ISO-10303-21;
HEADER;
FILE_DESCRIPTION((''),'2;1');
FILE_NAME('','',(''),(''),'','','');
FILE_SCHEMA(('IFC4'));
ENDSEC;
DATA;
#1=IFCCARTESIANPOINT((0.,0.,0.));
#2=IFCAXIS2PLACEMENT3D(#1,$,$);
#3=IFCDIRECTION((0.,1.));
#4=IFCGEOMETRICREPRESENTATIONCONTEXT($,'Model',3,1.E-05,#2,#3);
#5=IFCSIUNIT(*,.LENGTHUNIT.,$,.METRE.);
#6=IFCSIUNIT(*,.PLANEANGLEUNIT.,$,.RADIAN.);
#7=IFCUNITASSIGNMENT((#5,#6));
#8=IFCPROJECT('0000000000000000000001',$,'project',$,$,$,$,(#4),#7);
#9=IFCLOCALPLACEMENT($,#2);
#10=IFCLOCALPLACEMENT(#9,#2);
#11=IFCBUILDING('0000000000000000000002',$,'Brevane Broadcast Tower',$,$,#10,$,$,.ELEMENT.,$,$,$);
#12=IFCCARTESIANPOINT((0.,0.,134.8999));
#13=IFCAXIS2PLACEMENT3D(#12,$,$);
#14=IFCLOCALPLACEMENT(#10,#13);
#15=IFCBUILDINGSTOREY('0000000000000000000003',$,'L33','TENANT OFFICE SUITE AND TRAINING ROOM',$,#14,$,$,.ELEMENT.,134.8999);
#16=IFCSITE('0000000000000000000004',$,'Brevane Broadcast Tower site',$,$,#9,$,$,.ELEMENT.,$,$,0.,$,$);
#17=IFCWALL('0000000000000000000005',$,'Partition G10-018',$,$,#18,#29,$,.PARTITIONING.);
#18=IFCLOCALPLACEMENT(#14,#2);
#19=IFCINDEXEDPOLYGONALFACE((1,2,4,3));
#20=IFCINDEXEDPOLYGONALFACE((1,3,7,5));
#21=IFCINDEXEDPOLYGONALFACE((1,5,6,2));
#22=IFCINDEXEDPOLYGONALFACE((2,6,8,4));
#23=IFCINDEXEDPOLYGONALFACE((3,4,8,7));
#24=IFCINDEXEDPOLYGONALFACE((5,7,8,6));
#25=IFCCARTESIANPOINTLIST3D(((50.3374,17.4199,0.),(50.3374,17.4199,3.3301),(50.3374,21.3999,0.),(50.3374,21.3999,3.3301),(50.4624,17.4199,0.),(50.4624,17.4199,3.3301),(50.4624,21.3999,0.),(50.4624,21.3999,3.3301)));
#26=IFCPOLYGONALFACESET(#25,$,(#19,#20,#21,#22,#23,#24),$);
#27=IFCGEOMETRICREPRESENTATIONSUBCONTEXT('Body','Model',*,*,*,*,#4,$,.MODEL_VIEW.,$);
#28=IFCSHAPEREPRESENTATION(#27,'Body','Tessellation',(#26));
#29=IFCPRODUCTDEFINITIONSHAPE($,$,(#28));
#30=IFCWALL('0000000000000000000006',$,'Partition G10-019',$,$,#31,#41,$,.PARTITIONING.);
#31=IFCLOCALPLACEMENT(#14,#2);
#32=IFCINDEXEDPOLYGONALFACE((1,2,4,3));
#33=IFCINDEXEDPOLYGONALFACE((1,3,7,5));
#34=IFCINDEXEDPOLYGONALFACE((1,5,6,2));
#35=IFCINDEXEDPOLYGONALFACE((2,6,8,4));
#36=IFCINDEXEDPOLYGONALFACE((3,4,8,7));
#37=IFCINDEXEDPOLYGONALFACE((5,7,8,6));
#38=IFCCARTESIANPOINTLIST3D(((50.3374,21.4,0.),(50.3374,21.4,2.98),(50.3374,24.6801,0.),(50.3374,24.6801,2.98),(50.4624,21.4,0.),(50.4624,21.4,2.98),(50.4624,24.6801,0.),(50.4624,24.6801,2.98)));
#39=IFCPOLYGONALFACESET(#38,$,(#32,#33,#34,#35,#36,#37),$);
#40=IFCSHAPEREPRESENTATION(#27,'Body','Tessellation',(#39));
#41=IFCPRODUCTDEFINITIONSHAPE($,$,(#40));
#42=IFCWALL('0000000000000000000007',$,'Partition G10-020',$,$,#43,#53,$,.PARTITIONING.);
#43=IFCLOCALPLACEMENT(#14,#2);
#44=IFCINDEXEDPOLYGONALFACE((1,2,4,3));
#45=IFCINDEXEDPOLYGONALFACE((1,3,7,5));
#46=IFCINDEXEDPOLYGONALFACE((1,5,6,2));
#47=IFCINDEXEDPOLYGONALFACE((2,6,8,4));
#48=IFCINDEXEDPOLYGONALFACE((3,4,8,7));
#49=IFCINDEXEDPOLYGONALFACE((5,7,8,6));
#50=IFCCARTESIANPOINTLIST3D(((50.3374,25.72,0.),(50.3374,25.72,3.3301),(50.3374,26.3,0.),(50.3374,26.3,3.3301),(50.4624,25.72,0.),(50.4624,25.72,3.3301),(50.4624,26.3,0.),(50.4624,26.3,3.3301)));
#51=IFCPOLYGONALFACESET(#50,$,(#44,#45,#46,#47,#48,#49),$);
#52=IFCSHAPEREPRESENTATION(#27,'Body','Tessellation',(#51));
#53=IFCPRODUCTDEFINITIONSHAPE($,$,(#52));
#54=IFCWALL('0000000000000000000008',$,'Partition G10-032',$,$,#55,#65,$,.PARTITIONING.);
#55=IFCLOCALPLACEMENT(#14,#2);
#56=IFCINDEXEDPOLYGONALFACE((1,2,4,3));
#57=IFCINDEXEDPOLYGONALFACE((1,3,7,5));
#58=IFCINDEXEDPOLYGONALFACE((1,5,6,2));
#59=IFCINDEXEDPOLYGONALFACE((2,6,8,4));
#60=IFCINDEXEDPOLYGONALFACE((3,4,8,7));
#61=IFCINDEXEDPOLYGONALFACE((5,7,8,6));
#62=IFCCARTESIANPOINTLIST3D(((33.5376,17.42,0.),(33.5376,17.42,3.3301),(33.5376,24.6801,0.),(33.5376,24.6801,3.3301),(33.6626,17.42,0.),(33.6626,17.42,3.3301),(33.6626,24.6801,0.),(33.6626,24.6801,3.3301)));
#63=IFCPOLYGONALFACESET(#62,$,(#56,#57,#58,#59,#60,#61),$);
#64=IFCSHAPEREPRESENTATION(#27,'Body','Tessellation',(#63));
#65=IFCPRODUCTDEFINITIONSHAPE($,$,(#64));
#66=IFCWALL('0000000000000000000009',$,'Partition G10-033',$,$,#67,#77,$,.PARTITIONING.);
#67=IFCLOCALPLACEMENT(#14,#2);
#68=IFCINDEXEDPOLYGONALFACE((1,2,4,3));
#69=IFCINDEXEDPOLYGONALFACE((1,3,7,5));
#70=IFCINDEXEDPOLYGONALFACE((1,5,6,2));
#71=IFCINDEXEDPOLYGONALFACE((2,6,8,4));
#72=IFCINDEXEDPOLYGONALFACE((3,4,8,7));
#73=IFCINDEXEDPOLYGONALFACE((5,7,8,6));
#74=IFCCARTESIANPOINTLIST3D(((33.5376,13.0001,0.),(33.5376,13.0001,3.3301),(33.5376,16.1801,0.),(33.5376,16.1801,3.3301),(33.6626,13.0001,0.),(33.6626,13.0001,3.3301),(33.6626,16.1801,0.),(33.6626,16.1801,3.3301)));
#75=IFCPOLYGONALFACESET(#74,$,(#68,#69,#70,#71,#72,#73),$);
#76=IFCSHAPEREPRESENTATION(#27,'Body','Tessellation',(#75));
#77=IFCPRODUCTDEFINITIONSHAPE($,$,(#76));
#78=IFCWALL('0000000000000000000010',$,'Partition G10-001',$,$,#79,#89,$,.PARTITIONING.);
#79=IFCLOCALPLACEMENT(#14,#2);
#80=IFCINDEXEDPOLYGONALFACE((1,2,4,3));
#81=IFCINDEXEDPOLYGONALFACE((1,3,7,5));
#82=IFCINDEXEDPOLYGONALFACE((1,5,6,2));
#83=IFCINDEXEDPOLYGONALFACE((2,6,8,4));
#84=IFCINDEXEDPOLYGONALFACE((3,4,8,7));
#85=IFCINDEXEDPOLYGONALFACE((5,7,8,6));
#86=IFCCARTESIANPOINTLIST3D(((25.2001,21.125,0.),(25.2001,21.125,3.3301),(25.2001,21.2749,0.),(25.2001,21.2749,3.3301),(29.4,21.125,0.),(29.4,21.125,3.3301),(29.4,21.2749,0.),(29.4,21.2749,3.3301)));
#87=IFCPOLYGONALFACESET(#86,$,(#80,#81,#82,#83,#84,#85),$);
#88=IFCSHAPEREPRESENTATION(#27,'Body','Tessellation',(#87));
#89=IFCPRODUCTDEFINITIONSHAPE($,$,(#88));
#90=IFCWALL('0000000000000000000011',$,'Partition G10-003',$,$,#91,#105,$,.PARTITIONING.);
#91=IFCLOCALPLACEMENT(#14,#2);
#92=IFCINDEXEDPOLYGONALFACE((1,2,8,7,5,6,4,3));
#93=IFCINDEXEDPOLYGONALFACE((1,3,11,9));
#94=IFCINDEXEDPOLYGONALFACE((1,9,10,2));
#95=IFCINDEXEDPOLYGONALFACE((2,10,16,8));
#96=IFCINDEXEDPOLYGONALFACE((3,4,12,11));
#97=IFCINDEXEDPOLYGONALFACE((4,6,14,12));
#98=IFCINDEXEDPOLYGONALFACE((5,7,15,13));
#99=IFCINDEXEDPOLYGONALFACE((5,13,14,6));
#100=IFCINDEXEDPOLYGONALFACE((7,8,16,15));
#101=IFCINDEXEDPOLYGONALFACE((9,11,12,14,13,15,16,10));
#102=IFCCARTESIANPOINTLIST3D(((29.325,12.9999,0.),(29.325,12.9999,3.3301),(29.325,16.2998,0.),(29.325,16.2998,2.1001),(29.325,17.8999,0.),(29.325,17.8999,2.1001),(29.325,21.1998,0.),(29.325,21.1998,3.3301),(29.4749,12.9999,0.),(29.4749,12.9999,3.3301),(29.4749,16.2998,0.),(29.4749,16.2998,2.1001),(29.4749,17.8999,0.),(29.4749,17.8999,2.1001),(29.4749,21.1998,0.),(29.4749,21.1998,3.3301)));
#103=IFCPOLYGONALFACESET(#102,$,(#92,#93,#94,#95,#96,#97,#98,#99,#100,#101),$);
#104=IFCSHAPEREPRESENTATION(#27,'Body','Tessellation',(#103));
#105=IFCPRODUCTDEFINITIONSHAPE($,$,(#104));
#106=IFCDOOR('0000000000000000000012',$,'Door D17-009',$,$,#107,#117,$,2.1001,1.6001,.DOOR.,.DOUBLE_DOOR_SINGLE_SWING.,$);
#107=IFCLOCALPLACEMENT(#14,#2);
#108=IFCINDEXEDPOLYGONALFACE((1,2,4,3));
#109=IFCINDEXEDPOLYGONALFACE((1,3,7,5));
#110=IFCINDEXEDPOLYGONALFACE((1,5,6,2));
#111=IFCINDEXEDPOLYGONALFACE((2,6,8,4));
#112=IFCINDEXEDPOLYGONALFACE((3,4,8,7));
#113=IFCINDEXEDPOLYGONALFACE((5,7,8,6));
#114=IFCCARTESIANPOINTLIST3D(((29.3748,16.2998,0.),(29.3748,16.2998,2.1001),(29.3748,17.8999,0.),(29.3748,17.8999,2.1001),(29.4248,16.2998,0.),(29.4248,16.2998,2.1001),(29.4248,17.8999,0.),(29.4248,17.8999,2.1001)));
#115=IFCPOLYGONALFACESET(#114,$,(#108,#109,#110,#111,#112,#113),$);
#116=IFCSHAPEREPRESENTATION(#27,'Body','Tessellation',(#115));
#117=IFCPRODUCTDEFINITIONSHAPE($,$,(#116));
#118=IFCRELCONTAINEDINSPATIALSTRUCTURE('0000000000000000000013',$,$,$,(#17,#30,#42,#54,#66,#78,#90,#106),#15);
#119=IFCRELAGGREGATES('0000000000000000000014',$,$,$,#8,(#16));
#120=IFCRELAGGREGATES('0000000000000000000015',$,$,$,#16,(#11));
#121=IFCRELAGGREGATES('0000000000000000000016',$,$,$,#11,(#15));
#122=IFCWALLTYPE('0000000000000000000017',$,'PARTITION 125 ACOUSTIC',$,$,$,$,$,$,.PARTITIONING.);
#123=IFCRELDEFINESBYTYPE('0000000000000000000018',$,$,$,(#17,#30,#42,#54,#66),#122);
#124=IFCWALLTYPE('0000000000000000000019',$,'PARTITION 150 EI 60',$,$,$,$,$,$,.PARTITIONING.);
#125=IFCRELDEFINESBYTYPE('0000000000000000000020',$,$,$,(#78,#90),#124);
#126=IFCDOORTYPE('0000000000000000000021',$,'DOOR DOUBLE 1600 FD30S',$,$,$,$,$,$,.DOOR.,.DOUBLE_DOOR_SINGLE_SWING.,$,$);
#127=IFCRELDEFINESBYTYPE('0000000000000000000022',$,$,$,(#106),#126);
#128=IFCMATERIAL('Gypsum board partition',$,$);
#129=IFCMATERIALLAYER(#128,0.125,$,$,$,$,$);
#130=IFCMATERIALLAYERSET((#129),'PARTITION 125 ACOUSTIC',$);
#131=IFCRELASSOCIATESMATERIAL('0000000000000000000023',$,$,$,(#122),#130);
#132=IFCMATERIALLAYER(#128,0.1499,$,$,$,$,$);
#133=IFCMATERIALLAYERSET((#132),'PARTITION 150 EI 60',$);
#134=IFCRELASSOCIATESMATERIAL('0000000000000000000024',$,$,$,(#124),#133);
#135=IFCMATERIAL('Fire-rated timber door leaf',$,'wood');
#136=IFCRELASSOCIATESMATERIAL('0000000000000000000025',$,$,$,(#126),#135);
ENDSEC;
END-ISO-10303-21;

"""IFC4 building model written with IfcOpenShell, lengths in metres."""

from ifc_helpers import new_model, si_unit, direction, frame, frame_2d, origin, place, context, subcontext, project, spatial, rectangle, extrude, material, layer, layer_set, type_object, element, fill, save


model = new_model("IFC4")

# Units and contexts
model_context = context("Model", 3, precision=1e-05, world=origin(), true_north=direction((0.0, 1.0)))
body_context = subcontext(model_context, "Body", "Model", "MODEL_VIEW")
ifc_project = project(units=[si_unit("LENGTHUNIT", "METRE"), si_unit("PLANEANGLEUNIT", "RADIAN")], contexts=[model_context])

# Site, building, storey
site_placement = place(None, origin())
site = spatial("IfcSite", under=ifc_project, at=site_placement, Name="Brevane Broadcast Tower site", CompositionType="ELEMENT", RefElevation=0.0)
building_placement = place(site_placement, origin())
building = spatial("IfcBuilding", under=site, at=building_placement, Name="Brevane Broadcast Tower", CompositionType="ELEMENT")
storey_placement = place(building_placement, frame((0.0, 0.0, 134.8999)))
storey = spatial("IfcBuildingStorey", under=building, at=storey_placement, Name="L33", Description="TENANT OFFICE SUITE AND TRAINING ROOM", CompositionType="ELEMENT", Elevation=134.8999)

# Shared definitions
ifc_material_1 = material(Name="Gypsum board partition")

# Walls
ifc_layer_1 = layer(ifc_material_1, 0.125)
ifc_layer_set_1 = layer_set([ifc_layer_1], Name="PARTITION 125 ACOUSTIC")
wall_type_1 = type_object("IfcWallType", Name="PARTITION 125 ACOUSTIC", PredefinedType="PARTITIONING", material=ifc_layer_set_1)
wall_1_placement = place(storey_placement, frame((50.3999, 17.4199, 0.0), z_axis=(0.0, 0.0, 1.0), x_axis=(0.0, 1.0, 0.0)))
element("IfcWall", 1, at=wall_1_placement, inside=storey, type_object=wall_type_1, Name="Partition G10-018", PredefinedType="PARTITIONING", context=body_context, shape_type="SweptSolid", body=[
    extrude(rectangle(XDim=3.98, YDim=0.125, at=frame_2d((1.99, 0.0))), origin(), (0.0, 0.0, 1.0), 3.3301),
])
wall_2_placement = place(storey_placement, frame((50.3999, 21.3999, 0.0), z_axis=(0.0, 0.0, 1.0), x_axis=(0.0, 1.0, 0.0)))
element("IfcWall", 2, at=wall_2_placement, inside=storey, type_object=wall_type_1, Name="Partition G10-019", PredefinedType="PARTITIONING", context=body_context, shape_type="SweptSolid", body=[
    extrude(rectangle(XDim=3.28, YDim=0.125, at=frame_2d((1.6401, 0.0))), origin(), (0.0, 0.0, 1.0), 2.98),
])
wall_3_placement = place(storey_placement, frame((50.3999, 25.72, 0.0), z_axis=(0.0, 0.0, 1.0), x_axis=(0.0, 1.0, 0.0)))
element("IfcWall", 3, at=wall_3_placement, inside=storey, type_object=wall_type_1, Name="Partition G10-020", PredefinedType="PARTITIONING", context=body_context, shape_type="SweptSolid", body=[
    extrude(rectangle(XDim=0.5801, YDim=0.125, at=frame_2d((0.29, 0.0))), origin(), (0.0, 0.0, 1.0), 3.3301),
])
wall_4_placement = place(storey_placement, frame((33.6001, 24.6799, 0.0), z_axis=(0.0, 0.0, 1.0), x_axis=(0.0, -1.0, 0.0)))
element("IfcWall", 4, at=wall_4_placement, inside=storey, type_object=wall_type_1, Name="Partition G10-032", PredefinedType="PARTITIONING", context=body_context, shape_type="SweptSolid", body=[
    extrude(rectangle(XDim=7.26, YDim=0.125, at=frame_2d((3.6299, 0.0))), origin(), (0.0, 0.0, 1.0), 3.3301),
])
wall_5_placement = place(storey_placement, frame((33.6001, 16.1799, 0.0), z_axis=(0.0, 0.0, 1.0), x_axis=(0.0, -1.0, 0.0)))
element("IfcWall", 5, at=wall_5_placement, inside=storey, type_object=wall_type_1, Name="Partition G10-033", PredefinedType="PARTITIONING", context=body_context, shape_type="SweptSolid", body=[
    extrude(rectangle(XDim=3.1799, YDim=0.125, at=frame_2d((1.5898, 0.0))), origin(), (0.0, 0.0, 1.0), 3.3301),
])
ifc_layer_2 = layer(ifc_material_1, 0.1499)
ifc_layer_set_2 = layer_set([ifc_layer_2], Name="PARTITION 150 EI 60")
wall_type_2 = type_object("IfcWallType", Name="PARTITION 150 EI 60", PredefinedType="PARTITIONING", material=ifc_layer_set_2)
wall_6_placement = place(storey_placement, frame((25.2, 21.2, 0.0), z_axis=(0.0, 0.0, 1.0), x_axis=(1.0, 0.0, 0.0)))
element("IfcWall", 6, at=wall_6_placement, inside=storey, type_object=wall_type_2, Name="Partition G10-001", PredefinedType="PARTITIONING", context=body_context, shape_type="SweptSolid", body=[
    extrude(rectangle(XDim=4.2, YDim=0.1499, at=frame_2d((2.1001, 0.0))), origin(), (0.0, 0.0, 1.0), 3.3301),
])

# Wall, opening, door
wall_7_placement = place(storey_placement, frame((29.3999, 21.2, 0.0), z_axis=(0.0, 0.0, 1.0), x_axis=(0.0, -1.0, 0.0)))
wall_7 = element("IfcWall", 7, at=wall_7_placement, inside=storey, type_object=wall_type_2, Name="Partition G10-003", PredefinedType="PARTITIONING", context=body_context, shape_type="SweptSolid", body=[
    extrude(rectangle(XDim=8.2, YDim=0.1499, at=frame_2d((4.1001, 0.0))), origin(), (0.0, 0.0, 1.0), 3.3301),
])
opening_1_placement = place(wall_7_placement, frame((3.3, 0.0, 0.0)))
opening_1 = element("IfcOpeningElement", 8, at=opening_1_placement, cuts=wall_7, PredefinedType="OPENING", context=body_context, shape_type="SweptSolid", body=[
    extrude(rectangle(XDim=1.6001, YDim=2.1001, at=frame_2d((0.8, 1.05))), frame((0.0, 0.085, 0.0), z_axis=(0.0, -1.0, 0.0), x_axis=(1.0, 0.0, 0.0)), (0.0, 0.0, 1.0), 0.1699),
])
ifc_material_2 = material(Name="Fire-rated timber door leaf", Category="wood")
door_type_1 = type_object("IfcDoorType", Name="DOOR DOUBLE 1600 FD30S", OperationType="DOUBLE_DOOR_SINGLE_SWING", PredefinedType="DOOR", material=ifc_material_2)
door_1_placement = place(opening_1_placement, origin())
door_1 = element("IfcDoor", 9, at=door_1_placement, inside=storey, type_object=door_type_1, Name="Door D17-009", OperationType="DOUBLE_DOOR_SINGLE_SWING", OverallHeight=2.1001, OverallWidth=1.6001, PredefinedType="DOOR", context=body_context, shape_type="SweptSolid", body=[
    extrude(rectangle(XDim=1.6001, YDim=2.1001, at=frame_2d((0.8, 1.05))), frame((0.0, 0.0249, 0.0), z_axis=(0.0, -1.0, 0.0), x_axis=(1.0, 0.0, 0.0)), (0.0, 0.0, 1.0), 0.05),
])
fill(opening_1, door_1)

save(model, "model.ifc")
